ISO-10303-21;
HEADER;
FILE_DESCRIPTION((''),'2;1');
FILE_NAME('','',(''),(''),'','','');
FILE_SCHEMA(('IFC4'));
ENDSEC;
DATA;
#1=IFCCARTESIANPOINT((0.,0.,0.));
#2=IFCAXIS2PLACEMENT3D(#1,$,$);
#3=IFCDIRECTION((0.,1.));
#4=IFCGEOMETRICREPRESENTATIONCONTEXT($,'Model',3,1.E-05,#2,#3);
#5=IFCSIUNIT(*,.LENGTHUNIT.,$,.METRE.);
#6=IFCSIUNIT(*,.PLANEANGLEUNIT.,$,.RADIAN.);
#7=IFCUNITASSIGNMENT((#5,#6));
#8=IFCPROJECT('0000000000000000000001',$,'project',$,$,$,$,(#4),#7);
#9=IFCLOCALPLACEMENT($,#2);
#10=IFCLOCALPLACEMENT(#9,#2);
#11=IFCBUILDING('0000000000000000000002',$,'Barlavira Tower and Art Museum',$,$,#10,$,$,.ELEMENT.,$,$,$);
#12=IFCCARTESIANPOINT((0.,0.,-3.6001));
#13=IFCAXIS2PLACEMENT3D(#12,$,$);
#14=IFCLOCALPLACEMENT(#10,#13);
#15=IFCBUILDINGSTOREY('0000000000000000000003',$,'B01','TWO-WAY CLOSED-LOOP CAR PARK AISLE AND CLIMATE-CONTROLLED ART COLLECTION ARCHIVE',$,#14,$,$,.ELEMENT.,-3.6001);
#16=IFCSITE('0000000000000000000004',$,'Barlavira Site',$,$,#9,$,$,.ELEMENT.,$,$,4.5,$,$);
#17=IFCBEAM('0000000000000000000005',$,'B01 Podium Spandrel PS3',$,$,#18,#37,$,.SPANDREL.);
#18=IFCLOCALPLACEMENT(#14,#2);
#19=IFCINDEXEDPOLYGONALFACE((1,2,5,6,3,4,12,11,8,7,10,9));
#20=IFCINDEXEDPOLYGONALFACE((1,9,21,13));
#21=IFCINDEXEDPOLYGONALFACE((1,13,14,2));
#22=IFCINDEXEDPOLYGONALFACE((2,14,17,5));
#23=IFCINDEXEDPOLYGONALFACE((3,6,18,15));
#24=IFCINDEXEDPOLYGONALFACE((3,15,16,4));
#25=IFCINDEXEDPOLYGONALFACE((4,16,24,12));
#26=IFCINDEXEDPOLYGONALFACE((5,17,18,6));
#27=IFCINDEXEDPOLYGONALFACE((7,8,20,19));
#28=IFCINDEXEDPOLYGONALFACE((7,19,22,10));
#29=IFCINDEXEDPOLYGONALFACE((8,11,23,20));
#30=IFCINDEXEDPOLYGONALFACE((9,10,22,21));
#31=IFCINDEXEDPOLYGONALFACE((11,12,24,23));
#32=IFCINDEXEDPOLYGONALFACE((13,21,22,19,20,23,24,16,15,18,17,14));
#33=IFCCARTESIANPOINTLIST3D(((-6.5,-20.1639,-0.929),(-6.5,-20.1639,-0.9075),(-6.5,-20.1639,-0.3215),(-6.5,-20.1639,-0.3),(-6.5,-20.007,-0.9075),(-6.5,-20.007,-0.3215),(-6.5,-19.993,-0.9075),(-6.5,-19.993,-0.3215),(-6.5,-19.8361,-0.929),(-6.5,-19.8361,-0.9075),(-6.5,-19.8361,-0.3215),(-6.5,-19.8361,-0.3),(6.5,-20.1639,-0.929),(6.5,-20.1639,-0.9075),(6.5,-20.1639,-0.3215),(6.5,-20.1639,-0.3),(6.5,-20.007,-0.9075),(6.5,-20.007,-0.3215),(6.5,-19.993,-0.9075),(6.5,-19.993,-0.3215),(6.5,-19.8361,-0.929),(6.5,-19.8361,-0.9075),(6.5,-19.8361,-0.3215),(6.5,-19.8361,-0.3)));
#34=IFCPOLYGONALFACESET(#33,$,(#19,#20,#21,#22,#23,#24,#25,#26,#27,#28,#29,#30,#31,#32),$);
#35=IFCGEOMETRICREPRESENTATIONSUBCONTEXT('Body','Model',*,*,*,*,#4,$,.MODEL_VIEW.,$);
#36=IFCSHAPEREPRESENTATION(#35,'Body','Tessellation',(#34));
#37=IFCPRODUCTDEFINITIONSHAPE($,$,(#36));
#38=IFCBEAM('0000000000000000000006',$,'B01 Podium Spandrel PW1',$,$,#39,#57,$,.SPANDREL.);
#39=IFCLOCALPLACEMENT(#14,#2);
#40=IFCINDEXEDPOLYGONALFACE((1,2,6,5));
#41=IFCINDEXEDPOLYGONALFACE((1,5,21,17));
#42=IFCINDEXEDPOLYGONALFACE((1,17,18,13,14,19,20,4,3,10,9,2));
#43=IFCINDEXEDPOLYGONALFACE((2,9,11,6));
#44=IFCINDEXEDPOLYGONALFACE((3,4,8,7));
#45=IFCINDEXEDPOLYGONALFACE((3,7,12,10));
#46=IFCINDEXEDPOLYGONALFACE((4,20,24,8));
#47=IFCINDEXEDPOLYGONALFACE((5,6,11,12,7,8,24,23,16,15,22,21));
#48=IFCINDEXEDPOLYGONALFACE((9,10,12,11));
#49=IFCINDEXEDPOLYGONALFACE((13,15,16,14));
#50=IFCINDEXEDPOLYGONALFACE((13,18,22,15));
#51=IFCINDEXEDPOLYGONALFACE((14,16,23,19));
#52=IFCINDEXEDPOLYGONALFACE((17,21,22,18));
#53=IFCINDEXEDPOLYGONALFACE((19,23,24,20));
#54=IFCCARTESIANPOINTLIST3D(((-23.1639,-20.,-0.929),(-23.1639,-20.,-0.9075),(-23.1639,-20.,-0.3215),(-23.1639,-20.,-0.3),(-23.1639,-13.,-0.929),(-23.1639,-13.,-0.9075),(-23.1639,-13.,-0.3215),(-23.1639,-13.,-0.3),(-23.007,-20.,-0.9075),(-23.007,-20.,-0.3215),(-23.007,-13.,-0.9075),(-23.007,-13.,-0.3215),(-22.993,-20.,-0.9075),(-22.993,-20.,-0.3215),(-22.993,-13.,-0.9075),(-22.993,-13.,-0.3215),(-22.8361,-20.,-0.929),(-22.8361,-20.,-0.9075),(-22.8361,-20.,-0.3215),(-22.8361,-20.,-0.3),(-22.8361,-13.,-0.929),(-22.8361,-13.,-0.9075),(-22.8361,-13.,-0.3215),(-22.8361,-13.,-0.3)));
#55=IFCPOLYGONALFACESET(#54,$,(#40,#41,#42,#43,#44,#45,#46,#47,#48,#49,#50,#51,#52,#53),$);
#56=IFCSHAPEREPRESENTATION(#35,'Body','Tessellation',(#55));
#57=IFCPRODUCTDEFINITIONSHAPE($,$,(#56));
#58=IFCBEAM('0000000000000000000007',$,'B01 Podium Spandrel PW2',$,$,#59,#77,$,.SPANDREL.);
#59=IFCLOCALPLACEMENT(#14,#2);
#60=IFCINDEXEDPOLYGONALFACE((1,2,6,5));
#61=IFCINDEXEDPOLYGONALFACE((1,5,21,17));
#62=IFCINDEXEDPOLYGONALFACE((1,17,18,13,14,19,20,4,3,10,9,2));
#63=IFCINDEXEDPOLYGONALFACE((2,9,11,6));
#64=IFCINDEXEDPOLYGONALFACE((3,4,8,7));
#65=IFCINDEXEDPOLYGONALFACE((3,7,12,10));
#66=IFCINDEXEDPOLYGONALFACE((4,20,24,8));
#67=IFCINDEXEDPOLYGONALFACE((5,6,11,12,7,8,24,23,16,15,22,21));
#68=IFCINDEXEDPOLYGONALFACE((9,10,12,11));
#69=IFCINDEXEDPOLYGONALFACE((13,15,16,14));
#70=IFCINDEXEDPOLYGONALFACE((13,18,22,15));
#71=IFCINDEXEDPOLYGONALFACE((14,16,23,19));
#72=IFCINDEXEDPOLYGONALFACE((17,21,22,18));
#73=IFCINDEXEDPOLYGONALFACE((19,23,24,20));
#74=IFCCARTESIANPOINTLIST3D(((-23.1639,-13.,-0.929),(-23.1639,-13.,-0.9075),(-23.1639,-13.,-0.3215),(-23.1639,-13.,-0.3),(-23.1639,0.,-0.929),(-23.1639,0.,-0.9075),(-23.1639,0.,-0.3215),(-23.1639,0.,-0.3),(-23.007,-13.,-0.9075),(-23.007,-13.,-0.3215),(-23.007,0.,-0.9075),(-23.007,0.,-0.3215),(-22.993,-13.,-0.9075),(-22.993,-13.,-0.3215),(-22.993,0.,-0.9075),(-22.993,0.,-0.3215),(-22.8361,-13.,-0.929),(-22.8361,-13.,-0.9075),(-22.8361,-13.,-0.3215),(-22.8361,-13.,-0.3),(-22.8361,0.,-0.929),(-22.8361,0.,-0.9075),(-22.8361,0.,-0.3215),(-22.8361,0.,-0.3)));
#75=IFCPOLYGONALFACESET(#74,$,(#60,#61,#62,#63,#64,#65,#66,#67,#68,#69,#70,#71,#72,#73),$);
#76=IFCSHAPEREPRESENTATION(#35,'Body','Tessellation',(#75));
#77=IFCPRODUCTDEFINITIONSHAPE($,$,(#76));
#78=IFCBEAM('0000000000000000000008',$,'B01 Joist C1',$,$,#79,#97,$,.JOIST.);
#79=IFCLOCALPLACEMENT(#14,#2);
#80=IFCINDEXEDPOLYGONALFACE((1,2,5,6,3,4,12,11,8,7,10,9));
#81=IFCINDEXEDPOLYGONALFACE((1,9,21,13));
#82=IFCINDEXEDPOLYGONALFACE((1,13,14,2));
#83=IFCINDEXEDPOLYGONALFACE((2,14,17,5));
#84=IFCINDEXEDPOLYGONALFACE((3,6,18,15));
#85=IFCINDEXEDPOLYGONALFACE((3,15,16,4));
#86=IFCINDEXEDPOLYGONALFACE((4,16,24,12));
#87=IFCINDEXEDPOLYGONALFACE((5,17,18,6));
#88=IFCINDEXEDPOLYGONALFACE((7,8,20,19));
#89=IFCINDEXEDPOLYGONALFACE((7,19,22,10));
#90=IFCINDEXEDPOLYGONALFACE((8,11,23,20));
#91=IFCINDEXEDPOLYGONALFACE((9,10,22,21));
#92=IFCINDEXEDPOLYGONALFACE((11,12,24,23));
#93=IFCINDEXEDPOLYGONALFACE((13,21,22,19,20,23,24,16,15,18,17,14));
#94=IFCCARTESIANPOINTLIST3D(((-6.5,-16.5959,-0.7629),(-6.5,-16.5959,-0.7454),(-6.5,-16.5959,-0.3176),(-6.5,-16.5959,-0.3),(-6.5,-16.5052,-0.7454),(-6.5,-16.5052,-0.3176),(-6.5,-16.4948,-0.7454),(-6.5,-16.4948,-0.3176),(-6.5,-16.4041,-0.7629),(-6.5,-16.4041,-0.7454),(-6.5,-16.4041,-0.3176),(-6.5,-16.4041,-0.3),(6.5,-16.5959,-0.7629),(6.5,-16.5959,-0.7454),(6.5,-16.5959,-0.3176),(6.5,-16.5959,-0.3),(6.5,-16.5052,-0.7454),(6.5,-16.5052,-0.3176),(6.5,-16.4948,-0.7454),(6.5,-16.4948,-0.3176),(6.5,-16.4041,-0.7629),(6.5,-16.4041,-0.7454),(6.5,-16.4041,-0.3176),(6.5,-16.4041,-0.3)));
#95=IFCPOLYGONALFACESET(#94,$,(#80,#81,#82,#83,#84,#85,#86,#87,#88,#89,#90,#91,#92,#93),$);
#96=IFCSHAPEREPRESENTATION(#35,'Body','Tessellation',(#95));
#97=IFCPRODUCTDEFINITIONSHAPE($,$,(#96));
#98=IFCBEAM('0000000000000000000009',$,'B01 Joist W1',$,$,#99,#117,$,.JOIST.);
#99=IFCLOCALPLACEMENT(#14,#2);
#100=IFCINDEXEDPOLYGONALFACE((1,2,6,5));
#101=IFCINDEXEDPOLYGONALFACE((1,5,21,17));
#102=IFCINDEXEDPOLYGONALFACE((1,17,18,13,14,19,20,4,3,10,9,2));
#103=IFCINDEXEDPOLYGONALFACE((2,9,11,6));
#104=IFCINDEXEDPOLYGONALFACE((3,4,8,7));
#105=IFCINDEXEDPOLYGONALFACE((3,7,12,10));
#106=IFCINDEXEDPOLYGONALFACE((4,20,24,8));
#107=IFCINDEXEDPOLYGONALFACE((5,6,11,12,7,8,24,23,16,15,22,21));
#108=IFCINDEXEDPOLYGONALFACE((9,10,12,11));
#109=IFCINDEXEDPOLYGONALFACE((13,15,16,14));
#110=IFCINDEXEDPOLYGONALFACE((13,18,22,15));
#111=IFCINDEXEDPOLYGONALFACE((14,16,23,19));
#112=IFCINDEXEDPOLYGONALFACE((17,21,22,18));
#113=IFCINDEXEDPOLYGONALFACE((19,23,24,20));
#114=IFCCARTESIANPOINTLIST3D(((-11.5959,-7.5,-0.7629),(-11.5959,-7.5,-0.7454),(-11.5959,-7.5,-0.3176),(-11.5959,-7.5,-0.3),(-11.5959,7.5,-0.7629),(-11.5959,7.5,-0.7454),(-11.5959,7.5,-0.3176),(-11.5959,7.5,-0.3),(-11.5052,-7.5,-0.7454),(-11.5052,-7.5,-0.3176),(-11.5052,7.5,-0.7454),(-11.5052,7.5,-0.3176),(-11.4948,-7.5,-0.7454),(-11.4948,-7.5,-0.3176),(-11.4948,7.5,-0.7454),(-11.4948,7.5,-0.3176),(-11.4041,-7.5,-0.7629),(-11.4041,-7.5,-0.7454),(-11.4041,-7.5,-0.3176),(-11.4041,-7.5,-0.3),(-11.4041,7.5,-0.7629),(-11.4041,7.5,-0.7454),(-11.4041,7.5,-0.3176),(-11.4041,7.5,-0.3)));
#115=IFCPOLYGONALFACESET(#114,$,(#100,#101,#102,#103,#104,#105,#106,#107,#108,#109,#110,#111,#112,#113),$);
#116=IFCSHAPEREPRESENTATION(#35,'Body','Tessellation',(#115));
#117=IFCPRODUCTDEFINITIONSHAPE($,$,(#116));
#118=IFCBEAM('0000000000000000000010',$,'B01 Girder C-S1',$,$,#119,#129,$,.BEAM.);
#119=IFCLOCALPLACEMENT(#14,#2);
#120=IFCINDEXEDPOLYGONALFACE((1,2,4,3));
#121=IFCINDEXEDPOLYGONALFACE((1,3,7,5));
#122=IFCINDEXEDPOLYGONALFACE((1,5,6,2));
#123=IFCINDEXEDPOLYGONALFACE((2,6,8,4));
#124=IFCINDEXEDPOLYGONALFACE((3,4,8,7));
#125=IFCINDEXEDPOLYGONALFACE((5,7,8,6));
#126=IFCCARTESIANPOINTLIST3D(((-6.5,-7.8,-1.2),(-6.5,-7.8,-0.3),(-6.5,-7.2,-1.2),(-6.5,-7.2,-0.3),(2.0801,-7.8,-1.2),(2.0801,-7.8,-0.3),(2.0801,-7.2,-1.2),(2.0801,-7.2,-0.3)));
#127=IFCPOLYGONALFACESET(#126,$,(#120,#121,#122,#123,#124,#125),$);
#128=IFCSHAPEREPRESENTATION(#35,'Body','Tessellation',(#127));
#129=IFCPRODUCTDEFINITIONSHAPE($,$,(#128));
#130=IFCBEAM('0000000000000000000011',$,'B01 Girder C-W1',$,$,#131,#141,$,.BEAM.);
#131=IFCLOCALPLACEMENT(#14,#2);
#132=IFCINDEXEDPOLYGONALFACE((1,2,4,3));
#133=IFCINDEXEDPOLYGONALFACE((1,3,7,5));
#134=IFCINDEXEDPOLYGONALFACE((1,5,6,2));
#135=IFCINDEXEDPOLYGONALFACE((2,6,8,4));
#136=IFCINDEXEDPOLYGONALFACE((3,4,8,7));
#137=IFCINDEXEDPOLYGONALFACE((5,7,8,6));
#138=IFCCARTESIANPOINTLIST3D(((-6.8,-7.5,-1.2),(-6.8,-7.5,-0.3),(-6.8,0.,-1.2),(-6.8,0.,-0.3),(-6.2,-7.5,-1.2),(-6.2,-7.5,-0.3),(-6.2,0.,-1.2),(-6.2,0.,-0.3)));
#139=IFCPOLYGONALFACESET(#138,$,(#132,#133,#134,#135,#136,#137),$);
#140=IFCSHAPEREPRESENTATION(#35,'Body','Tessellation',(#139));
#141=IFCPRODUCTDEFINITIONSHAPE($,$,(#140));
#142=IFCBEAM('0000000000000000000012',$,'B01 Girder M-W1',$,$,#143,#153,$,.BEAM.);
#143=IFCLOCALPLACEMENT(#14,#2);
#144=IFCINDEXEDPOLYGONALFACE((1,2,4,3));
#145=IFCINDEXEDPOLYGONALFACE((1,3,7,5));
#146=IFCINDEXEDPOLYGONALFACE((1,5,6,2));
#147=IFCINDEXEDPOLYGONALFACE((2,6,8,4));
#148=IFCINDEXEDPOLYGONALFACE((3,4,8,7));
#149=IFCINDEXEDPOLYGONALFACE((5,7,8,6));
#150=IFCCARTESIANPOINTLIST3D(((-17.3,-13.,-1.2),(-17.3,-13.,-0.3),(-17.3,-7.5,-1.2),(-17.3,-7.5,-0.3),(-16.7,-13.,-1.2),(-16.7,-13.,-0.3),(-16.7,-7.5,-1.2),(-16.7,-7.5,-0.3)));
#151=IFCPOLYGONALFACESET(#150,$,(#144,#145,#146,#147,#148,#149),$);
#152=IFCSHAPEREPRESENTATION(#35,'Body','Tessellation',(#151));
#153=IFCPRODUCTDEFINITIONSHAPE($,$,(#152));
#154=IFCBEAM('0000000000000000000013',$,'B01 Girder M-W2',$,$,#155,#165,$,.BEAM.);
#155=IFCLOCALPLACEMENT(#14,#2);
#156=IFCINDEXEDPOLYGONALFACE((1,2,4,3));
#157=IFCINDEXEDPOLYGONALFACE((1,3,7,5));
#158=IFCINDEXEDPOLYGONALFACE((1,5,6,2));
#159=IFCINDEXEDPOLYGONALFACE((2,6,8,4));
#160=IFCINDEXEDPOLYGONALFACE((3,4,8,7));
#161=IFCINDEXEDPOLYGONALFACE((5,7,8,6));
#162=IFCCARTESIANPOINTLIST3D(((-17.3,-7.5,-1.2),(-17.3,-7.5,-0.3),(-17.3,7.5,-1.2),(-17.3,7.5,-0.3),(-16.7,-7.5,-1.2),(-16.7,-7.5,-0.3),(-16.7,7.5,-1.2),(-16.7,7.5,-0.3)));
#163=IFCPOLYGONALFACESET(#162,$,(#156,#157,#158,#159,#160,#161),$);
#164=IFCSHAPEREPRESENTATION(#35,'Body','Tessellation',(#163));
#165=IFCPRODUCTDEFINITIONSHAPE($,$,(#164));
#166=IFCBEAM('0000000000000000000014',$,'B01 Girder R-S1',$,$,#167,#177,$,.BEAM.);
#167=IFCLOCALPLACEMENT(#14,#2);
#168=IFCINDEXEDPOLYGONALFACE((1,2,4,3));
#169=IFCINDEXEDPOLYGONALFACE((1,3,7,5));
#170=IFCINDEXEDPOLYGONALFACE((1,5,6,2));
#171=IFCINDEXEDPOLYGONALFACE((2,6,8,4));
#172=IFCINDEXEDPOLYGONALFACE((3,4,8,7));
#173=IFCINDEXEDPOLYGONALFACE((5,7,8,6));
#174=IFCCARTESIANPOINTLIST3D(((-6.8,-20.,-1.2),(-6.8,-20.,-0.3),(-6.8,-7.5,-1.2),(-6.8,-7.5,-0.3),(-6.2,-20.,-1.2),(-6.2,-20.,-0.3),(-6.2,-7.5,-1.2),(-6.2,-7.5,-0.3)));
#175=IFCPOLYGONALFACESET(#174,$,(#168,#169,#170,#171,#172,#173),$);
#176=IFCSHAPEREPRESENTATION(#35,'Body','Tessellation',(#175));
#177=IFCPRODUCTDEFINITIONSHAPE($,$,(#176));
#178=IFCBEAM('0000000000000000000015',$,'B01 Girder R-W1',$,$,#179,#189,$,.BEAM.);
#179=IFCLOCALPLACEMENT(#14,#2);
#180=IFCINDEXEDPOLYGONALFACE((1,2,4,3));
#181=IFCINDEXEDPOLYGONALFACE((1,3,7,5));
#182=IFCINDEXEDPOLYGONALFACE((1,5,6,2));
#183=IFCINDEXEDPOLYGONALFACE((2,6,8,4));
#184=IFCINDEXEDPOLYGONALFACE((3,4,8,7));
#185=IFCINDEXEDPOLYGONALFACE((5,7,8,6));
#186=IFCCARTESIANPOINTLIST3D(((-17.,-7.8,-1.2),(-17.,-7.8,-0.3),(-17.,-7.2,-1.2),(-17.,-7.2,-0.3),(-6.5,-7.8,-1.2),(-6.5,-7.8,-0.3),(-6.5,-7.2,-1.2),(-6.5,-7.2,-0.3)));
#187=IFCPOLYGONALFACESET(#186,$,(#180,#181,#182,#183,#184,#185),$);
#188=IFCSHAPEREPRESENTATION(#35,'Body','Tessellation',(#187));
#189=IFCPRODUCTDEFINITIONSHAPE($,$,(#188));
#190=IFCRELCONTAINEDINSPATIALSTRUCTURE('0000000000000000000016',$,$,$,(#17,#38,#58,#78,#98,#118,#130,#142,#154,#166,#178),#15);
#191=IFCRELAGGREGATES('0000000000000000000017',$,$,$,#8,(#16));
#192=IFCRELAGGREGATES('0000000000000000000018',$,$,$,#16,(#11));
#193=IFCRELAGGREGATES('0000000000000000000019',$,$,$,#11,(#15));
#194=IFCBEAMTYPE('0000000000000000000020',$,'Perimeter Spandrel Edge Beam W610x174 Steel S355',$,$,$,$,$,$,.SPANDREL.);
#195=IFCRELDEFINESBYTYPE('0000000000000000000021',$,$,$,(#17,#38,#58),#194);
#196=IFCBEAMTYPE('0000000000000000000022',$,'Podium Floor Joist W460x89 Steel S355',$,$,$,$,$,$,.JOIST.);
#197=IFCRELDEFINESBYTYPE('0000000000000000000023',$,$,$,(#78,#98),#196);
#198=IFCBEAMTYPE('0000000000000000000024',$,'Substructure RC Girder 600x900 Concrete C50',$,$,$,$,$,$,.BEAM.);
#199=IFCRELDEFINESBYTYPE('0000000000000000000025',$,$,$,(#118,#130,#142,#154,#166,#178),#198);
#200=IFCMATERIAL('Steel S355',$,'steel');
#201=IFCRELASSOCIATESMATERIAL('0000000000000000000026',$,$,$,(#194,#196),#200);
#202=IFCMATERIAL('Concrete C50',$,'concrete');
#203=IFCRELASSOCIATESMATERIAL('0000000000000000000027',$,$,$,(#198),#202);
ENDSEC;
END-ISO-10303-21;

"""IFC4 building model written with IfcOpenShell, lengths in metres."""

from ifc_helpers import new_model, si_unit, direction, frame, origin, origin_2d, place, context, subcontext, project, spatial, rectangle, i_section, extrude, material, material_profile, profile_set, type_object, element, save


model = new_model("IFC4")

# Units and contexts
model_context = context("Model", 3, precision=1e-05, world=origin(), true_north=direction((0.0, 1.0)))
body_context = subcontext(model_context, "Body", "Model", "MODEL_VIEW")
ifc_project = project(units=[si_unit("LENGTHUNIT", "METRE"), si_unit("PLANEANGLEUNIT", "RADIAN")], contexts=[model_context])

# Site, building, storey
site_placement = place(None, origin())
site = spatial("IfcSite", under=ifc_project, at=site_placement, Name="Barlavira Site", CompositionType="ELEMENT", RefElevation=4.5)
building_placement = place(site_placement, origin())
building = spatial("IfcBuilding", under=site, at=building_placement, Name="Barlavira Tower and Art Museum", CompositionType="ELEMENT")
storey_placement = place(building_placement, frame((0.0, 0.0, -3.6001)))
storey = spatial("IfcBuildingStorey", under=building, at=storey_placement, Name="B01", Description="TWO-WAY CLOSED-LOOP CAR PARK AISLE AND CLIMATE-CONTROLLED ART COLLECTION ARCHIVE", CompositionType="ELEMENT", Elevation=-3.6001)

# Shared definitions
ifc_material_1 = material(Name="Steel S355", Category="steel")
ifc_material_2 = material(Name="Concrete C50", Category="concrete")

# Beams
ifc_material_profile_1 = material_profile(ifc_material_1, i_section(OverallWidth=0.3279, OverallDepth=0.6289, WebThickness=0.0139, FlangeThickness=0.0215, at=origin_2d()), Name="W610x174.0")
ifc_profile_set_1 = profile_set([ifc_material_profile_1], Name="Steel S355")
beam_type_1 = type_object("IfcBeamType", Name="Perimeter Spandrel Edge Beam W610x174 Steel S355", PredefinedType="SPANDREL", material=ifc_profile_set_1)
beam_1_placement = place(storey_placement, frame((-6.5, -20.0, -0.6145), z_axis=(1.0, 0.0, 0.0), x_axis=(0.0, 1.0, 0.0)))
element("IfcBeam", 1, at=beam_1_placement, inside=storey, type_object=beam_type_1, Name="B01 Podium Spandrel PS3", PredefinedType="SPANDREL", context=body_context, shape_type="SweptSolid", body=[
    extrude(i_section(OverallWidth=0.3279, OverallDepth=0.6289, WebThickness=0.0139, FlangeThickness=0.0215, at=origin_2d()), origin(), (0.0, 0.0, 1.0), 13.0),
])
beam_2_placement = place(storey_placement, frame((-23.0, -20.0, -0.6145), z_axis=(0.0, 1.0, 0.0), x_axis=(-1.0, 0.0, 0.0)))
element("IfcBeam", 2, at=beam_2_placement, inside=storey, type_object=beam_type_1, Name="B01 Podium Spandrel PW1", PredefinedType="SPANDREL", context=body_context, shape_type="SweptSolid", body=[
    extrude(i_section(OverallWidth=0.3279, OverallDepth=0.6289, WebThickness=0.0139, FlangeThickness=0.0215, at=origin_2d()), origin(), (0.0, 0.0, 1.0), 7.0),
])
beam_3_placement = place(storey_placement, frame((-23.0, -13.0, -0.6145), z_axis=(0.0, 1.0, 0.0), x_axis=(-1.0, 0.0, 0.0)))
element("IfcBeam", 3, at=beam_3_placement, inside=storey, type_object=beam_type_1, Name="B01 Podium Spandrel PW2", PredefinedType="SPANDREL", context=body_context, shape_type="SweptSolid", body=[
    extrude(i_section(OverallWidth=0.3279, OverallDepth=0.6289, WebThickness=0.0139, FlangeThickness=0.0215, at=origin_2d()), origin(), (0.0, 0.0, 1.0), 13.0),
])
ifc_material_profile_2 = material_profile(ifc_material_1, i_section(OverallWidth=0.1919, OverallDepth=0.4629, WebThickness=0.0105, FlangeThickness=0.0176, at=origin_2d()), Name="W460x89.0")
ifc_profile_set_2 = profile_set([ifc_material_profile_2], Name="Steel S355")
beam_type_2 = type_object("IfcBeamType", Name="Podium Floor Joist W460x89 Steel S355", PredefinedType="JOIST", material=ifc_profile_set_2)
beam_4_placement = place(storey_placement, frame((-6.5, -16.5, -0.5315), z_axis=(1.0, 0.0, 0.0), x_axis=(0.0, 1.0, 0.0)))
element("IfcBeam", 4, at=beam_4_placement, inside=storey, type_object=beam_type_2, Name="B01 Joist C1", PredefinedType="JOIST", context=body_context, shape_type="SweptSolid", body=[
    extrude(i_section(OverallWidth=0.1919, OverallDepth=0.4629, WebThickness=0.0105, FlangeThickness=0.0176, at=origin_2d()), origin(), (0.0, 0.0, 1.0), 13.0),
])
beam_5_placement = place(storey_placement, frame((-11.5, -7.5, -0.5315), z_axis=(0.0, 1.0, 0.0), x_axis=(-1.0, 0.0, 0.0)))
element("IfcBeam", 5, at=beam_5_placement, inside=storey, type_object=beam_type_2, Name="B01 Joist W1", PredefinedType="JOIST", context=body_context, shape_type="SweptSolid", body=[
    extrude(i_section(OverallWidth=0.1919, OverallDepth=0.4629, WebThickness=0.0105, FlangeThickness=0.0176, at=origin_2d()), origin(), (0.0, 0.0, 1.0), 15.0),
])
ifc_material_profile_3 = material_profile(ifc_material_2, rectangle(XDim=0.6001, YDim=0.8999, at=origin_2d()), Name="RC-BM 600x900")
ifc_profile_set_3 = profile_set([ifc_material_profile_3], Name="Concrete C50")
beam_type_3 = type_object("IfcBeamType", Name="Substructure RC Girder 600x900 Concrete C50", PredefinedType="BEAM", material=ifc_profile_set_3)
beam_6_placement = place(storey_placement, frame((-6.5, -7.5, -0.75), z_axis=(1.0, 0.0, 0.0), x_axis=(0.0, 1.0, 0.0)))
element("IfcBeam", 6, at=beam_6_placement, inside=storey, type_object=beam_type_3, Name="B01 Girder C-S1", PredefinedType="BEAM", context=body_context, shape_type="SweptSolid", body=[
    extrude(rectangle(XDim=0.6001, YDim=0.8999, at=origin_2d()), origin(), (0.0, 0.0, 1.0), 8.5801),
])
beam_7_placement = place(storey_placement, frame((-6.5, -7.5, -0.75), z_axis=(0.0, 1.0, 0.0), x_axis=(-1.0, 0.0, 0.0)))
element("IfcBeam", 7, at=beam_7_placement, inside=storey, type_object=beam_type_3, Name="B01 Girder C-W1", PredefinedType="BEAM", context=body_context, shape_type="SweptSolid", body=[
    extrude(rectangle(XDim=0.6001, YDim=0.8999, at=origin_2d()), origin(), (0.0, 0.0, 1.0), 7.5),
])
beam_8_placement = place(storey_placement, frame((-17.0, -13.0, -0.75), z_axis=(0.0, 1.0, 0.0), x_axis=(-1.0, 0.0, 0.0)))
element("IfcBeam", 8, at=beam_8_placement, inside=storey, type_object=beam_type_3, Name="B01 Girder M-W1", PredefinedType="BEAM", context=body_context, shape_type="SweptSolid", body=[
    extrude(rectangle(XDim=0.6001, YDim=0.8999, at=origin_2d()), origin(), (0.0, 0.0, 1.0), 5.5),
])
beam_9_placement = place(storey_placement, frame((-17.0, -7.5, -0.75), z_axis=(0.0, 1.0, 0.0), x_axis=(-1.0, 0.0, 0.0)))
element("IfcBeam", 9, at=beam_9_placement, inside=storey, type_object=beam_type_3, Name="B01 Girder M-W2", PredefinedType="BEAM", context=body_context, shape_type="SweptSolid", body=[
    extrude(rectangle(XDim=0.6001, YDim=0.8999, at=origin_2d()), origin(), (0.0, 0.0, 1.0), 15.0),
])
beam_10_placement = place(storey_placement, frame((-6.5, -20.0, -0.75), z_axis=(0.0, 1.0, 0.0), x_axis=(-1.0, 0.0, 0.0)))
element("IfcBeam", 10, at=beam_10_placement, inside=storey, type_object=beam_type_3, Name="B01 Girder R-S1", PredefinedType="BEAM", context=body_context, shape_type="SweptSolid", body=[
    extrude(rectangle(XDim=0.6001, YDim=0.8999, at=origin_2d()), origin(), (0.0, 0.0, 1.0), 12.5),
])
beam_11_placement = place(storey_placement, frame((-17.0, -7.5, -0.75), z_axis=(1.0, 0.0, 0.0), x_axis=(0.0, 1.0, 0.0)))
element("IfcBeam", 11, at=beam_11_placement, inside=storey, type_object=beam_type_3, Name="B01 Girder R-W1", PredefinedType="BEAM", context=body_context, shape_type="SweptSolid", body=[
    extrude(rectangle(XDim=0.6001, YDim=0.8999, at=origin_2d()), origin(), (0.0, 0.0, 1.0), 10.5),
])

save(model, "model.ifc")
